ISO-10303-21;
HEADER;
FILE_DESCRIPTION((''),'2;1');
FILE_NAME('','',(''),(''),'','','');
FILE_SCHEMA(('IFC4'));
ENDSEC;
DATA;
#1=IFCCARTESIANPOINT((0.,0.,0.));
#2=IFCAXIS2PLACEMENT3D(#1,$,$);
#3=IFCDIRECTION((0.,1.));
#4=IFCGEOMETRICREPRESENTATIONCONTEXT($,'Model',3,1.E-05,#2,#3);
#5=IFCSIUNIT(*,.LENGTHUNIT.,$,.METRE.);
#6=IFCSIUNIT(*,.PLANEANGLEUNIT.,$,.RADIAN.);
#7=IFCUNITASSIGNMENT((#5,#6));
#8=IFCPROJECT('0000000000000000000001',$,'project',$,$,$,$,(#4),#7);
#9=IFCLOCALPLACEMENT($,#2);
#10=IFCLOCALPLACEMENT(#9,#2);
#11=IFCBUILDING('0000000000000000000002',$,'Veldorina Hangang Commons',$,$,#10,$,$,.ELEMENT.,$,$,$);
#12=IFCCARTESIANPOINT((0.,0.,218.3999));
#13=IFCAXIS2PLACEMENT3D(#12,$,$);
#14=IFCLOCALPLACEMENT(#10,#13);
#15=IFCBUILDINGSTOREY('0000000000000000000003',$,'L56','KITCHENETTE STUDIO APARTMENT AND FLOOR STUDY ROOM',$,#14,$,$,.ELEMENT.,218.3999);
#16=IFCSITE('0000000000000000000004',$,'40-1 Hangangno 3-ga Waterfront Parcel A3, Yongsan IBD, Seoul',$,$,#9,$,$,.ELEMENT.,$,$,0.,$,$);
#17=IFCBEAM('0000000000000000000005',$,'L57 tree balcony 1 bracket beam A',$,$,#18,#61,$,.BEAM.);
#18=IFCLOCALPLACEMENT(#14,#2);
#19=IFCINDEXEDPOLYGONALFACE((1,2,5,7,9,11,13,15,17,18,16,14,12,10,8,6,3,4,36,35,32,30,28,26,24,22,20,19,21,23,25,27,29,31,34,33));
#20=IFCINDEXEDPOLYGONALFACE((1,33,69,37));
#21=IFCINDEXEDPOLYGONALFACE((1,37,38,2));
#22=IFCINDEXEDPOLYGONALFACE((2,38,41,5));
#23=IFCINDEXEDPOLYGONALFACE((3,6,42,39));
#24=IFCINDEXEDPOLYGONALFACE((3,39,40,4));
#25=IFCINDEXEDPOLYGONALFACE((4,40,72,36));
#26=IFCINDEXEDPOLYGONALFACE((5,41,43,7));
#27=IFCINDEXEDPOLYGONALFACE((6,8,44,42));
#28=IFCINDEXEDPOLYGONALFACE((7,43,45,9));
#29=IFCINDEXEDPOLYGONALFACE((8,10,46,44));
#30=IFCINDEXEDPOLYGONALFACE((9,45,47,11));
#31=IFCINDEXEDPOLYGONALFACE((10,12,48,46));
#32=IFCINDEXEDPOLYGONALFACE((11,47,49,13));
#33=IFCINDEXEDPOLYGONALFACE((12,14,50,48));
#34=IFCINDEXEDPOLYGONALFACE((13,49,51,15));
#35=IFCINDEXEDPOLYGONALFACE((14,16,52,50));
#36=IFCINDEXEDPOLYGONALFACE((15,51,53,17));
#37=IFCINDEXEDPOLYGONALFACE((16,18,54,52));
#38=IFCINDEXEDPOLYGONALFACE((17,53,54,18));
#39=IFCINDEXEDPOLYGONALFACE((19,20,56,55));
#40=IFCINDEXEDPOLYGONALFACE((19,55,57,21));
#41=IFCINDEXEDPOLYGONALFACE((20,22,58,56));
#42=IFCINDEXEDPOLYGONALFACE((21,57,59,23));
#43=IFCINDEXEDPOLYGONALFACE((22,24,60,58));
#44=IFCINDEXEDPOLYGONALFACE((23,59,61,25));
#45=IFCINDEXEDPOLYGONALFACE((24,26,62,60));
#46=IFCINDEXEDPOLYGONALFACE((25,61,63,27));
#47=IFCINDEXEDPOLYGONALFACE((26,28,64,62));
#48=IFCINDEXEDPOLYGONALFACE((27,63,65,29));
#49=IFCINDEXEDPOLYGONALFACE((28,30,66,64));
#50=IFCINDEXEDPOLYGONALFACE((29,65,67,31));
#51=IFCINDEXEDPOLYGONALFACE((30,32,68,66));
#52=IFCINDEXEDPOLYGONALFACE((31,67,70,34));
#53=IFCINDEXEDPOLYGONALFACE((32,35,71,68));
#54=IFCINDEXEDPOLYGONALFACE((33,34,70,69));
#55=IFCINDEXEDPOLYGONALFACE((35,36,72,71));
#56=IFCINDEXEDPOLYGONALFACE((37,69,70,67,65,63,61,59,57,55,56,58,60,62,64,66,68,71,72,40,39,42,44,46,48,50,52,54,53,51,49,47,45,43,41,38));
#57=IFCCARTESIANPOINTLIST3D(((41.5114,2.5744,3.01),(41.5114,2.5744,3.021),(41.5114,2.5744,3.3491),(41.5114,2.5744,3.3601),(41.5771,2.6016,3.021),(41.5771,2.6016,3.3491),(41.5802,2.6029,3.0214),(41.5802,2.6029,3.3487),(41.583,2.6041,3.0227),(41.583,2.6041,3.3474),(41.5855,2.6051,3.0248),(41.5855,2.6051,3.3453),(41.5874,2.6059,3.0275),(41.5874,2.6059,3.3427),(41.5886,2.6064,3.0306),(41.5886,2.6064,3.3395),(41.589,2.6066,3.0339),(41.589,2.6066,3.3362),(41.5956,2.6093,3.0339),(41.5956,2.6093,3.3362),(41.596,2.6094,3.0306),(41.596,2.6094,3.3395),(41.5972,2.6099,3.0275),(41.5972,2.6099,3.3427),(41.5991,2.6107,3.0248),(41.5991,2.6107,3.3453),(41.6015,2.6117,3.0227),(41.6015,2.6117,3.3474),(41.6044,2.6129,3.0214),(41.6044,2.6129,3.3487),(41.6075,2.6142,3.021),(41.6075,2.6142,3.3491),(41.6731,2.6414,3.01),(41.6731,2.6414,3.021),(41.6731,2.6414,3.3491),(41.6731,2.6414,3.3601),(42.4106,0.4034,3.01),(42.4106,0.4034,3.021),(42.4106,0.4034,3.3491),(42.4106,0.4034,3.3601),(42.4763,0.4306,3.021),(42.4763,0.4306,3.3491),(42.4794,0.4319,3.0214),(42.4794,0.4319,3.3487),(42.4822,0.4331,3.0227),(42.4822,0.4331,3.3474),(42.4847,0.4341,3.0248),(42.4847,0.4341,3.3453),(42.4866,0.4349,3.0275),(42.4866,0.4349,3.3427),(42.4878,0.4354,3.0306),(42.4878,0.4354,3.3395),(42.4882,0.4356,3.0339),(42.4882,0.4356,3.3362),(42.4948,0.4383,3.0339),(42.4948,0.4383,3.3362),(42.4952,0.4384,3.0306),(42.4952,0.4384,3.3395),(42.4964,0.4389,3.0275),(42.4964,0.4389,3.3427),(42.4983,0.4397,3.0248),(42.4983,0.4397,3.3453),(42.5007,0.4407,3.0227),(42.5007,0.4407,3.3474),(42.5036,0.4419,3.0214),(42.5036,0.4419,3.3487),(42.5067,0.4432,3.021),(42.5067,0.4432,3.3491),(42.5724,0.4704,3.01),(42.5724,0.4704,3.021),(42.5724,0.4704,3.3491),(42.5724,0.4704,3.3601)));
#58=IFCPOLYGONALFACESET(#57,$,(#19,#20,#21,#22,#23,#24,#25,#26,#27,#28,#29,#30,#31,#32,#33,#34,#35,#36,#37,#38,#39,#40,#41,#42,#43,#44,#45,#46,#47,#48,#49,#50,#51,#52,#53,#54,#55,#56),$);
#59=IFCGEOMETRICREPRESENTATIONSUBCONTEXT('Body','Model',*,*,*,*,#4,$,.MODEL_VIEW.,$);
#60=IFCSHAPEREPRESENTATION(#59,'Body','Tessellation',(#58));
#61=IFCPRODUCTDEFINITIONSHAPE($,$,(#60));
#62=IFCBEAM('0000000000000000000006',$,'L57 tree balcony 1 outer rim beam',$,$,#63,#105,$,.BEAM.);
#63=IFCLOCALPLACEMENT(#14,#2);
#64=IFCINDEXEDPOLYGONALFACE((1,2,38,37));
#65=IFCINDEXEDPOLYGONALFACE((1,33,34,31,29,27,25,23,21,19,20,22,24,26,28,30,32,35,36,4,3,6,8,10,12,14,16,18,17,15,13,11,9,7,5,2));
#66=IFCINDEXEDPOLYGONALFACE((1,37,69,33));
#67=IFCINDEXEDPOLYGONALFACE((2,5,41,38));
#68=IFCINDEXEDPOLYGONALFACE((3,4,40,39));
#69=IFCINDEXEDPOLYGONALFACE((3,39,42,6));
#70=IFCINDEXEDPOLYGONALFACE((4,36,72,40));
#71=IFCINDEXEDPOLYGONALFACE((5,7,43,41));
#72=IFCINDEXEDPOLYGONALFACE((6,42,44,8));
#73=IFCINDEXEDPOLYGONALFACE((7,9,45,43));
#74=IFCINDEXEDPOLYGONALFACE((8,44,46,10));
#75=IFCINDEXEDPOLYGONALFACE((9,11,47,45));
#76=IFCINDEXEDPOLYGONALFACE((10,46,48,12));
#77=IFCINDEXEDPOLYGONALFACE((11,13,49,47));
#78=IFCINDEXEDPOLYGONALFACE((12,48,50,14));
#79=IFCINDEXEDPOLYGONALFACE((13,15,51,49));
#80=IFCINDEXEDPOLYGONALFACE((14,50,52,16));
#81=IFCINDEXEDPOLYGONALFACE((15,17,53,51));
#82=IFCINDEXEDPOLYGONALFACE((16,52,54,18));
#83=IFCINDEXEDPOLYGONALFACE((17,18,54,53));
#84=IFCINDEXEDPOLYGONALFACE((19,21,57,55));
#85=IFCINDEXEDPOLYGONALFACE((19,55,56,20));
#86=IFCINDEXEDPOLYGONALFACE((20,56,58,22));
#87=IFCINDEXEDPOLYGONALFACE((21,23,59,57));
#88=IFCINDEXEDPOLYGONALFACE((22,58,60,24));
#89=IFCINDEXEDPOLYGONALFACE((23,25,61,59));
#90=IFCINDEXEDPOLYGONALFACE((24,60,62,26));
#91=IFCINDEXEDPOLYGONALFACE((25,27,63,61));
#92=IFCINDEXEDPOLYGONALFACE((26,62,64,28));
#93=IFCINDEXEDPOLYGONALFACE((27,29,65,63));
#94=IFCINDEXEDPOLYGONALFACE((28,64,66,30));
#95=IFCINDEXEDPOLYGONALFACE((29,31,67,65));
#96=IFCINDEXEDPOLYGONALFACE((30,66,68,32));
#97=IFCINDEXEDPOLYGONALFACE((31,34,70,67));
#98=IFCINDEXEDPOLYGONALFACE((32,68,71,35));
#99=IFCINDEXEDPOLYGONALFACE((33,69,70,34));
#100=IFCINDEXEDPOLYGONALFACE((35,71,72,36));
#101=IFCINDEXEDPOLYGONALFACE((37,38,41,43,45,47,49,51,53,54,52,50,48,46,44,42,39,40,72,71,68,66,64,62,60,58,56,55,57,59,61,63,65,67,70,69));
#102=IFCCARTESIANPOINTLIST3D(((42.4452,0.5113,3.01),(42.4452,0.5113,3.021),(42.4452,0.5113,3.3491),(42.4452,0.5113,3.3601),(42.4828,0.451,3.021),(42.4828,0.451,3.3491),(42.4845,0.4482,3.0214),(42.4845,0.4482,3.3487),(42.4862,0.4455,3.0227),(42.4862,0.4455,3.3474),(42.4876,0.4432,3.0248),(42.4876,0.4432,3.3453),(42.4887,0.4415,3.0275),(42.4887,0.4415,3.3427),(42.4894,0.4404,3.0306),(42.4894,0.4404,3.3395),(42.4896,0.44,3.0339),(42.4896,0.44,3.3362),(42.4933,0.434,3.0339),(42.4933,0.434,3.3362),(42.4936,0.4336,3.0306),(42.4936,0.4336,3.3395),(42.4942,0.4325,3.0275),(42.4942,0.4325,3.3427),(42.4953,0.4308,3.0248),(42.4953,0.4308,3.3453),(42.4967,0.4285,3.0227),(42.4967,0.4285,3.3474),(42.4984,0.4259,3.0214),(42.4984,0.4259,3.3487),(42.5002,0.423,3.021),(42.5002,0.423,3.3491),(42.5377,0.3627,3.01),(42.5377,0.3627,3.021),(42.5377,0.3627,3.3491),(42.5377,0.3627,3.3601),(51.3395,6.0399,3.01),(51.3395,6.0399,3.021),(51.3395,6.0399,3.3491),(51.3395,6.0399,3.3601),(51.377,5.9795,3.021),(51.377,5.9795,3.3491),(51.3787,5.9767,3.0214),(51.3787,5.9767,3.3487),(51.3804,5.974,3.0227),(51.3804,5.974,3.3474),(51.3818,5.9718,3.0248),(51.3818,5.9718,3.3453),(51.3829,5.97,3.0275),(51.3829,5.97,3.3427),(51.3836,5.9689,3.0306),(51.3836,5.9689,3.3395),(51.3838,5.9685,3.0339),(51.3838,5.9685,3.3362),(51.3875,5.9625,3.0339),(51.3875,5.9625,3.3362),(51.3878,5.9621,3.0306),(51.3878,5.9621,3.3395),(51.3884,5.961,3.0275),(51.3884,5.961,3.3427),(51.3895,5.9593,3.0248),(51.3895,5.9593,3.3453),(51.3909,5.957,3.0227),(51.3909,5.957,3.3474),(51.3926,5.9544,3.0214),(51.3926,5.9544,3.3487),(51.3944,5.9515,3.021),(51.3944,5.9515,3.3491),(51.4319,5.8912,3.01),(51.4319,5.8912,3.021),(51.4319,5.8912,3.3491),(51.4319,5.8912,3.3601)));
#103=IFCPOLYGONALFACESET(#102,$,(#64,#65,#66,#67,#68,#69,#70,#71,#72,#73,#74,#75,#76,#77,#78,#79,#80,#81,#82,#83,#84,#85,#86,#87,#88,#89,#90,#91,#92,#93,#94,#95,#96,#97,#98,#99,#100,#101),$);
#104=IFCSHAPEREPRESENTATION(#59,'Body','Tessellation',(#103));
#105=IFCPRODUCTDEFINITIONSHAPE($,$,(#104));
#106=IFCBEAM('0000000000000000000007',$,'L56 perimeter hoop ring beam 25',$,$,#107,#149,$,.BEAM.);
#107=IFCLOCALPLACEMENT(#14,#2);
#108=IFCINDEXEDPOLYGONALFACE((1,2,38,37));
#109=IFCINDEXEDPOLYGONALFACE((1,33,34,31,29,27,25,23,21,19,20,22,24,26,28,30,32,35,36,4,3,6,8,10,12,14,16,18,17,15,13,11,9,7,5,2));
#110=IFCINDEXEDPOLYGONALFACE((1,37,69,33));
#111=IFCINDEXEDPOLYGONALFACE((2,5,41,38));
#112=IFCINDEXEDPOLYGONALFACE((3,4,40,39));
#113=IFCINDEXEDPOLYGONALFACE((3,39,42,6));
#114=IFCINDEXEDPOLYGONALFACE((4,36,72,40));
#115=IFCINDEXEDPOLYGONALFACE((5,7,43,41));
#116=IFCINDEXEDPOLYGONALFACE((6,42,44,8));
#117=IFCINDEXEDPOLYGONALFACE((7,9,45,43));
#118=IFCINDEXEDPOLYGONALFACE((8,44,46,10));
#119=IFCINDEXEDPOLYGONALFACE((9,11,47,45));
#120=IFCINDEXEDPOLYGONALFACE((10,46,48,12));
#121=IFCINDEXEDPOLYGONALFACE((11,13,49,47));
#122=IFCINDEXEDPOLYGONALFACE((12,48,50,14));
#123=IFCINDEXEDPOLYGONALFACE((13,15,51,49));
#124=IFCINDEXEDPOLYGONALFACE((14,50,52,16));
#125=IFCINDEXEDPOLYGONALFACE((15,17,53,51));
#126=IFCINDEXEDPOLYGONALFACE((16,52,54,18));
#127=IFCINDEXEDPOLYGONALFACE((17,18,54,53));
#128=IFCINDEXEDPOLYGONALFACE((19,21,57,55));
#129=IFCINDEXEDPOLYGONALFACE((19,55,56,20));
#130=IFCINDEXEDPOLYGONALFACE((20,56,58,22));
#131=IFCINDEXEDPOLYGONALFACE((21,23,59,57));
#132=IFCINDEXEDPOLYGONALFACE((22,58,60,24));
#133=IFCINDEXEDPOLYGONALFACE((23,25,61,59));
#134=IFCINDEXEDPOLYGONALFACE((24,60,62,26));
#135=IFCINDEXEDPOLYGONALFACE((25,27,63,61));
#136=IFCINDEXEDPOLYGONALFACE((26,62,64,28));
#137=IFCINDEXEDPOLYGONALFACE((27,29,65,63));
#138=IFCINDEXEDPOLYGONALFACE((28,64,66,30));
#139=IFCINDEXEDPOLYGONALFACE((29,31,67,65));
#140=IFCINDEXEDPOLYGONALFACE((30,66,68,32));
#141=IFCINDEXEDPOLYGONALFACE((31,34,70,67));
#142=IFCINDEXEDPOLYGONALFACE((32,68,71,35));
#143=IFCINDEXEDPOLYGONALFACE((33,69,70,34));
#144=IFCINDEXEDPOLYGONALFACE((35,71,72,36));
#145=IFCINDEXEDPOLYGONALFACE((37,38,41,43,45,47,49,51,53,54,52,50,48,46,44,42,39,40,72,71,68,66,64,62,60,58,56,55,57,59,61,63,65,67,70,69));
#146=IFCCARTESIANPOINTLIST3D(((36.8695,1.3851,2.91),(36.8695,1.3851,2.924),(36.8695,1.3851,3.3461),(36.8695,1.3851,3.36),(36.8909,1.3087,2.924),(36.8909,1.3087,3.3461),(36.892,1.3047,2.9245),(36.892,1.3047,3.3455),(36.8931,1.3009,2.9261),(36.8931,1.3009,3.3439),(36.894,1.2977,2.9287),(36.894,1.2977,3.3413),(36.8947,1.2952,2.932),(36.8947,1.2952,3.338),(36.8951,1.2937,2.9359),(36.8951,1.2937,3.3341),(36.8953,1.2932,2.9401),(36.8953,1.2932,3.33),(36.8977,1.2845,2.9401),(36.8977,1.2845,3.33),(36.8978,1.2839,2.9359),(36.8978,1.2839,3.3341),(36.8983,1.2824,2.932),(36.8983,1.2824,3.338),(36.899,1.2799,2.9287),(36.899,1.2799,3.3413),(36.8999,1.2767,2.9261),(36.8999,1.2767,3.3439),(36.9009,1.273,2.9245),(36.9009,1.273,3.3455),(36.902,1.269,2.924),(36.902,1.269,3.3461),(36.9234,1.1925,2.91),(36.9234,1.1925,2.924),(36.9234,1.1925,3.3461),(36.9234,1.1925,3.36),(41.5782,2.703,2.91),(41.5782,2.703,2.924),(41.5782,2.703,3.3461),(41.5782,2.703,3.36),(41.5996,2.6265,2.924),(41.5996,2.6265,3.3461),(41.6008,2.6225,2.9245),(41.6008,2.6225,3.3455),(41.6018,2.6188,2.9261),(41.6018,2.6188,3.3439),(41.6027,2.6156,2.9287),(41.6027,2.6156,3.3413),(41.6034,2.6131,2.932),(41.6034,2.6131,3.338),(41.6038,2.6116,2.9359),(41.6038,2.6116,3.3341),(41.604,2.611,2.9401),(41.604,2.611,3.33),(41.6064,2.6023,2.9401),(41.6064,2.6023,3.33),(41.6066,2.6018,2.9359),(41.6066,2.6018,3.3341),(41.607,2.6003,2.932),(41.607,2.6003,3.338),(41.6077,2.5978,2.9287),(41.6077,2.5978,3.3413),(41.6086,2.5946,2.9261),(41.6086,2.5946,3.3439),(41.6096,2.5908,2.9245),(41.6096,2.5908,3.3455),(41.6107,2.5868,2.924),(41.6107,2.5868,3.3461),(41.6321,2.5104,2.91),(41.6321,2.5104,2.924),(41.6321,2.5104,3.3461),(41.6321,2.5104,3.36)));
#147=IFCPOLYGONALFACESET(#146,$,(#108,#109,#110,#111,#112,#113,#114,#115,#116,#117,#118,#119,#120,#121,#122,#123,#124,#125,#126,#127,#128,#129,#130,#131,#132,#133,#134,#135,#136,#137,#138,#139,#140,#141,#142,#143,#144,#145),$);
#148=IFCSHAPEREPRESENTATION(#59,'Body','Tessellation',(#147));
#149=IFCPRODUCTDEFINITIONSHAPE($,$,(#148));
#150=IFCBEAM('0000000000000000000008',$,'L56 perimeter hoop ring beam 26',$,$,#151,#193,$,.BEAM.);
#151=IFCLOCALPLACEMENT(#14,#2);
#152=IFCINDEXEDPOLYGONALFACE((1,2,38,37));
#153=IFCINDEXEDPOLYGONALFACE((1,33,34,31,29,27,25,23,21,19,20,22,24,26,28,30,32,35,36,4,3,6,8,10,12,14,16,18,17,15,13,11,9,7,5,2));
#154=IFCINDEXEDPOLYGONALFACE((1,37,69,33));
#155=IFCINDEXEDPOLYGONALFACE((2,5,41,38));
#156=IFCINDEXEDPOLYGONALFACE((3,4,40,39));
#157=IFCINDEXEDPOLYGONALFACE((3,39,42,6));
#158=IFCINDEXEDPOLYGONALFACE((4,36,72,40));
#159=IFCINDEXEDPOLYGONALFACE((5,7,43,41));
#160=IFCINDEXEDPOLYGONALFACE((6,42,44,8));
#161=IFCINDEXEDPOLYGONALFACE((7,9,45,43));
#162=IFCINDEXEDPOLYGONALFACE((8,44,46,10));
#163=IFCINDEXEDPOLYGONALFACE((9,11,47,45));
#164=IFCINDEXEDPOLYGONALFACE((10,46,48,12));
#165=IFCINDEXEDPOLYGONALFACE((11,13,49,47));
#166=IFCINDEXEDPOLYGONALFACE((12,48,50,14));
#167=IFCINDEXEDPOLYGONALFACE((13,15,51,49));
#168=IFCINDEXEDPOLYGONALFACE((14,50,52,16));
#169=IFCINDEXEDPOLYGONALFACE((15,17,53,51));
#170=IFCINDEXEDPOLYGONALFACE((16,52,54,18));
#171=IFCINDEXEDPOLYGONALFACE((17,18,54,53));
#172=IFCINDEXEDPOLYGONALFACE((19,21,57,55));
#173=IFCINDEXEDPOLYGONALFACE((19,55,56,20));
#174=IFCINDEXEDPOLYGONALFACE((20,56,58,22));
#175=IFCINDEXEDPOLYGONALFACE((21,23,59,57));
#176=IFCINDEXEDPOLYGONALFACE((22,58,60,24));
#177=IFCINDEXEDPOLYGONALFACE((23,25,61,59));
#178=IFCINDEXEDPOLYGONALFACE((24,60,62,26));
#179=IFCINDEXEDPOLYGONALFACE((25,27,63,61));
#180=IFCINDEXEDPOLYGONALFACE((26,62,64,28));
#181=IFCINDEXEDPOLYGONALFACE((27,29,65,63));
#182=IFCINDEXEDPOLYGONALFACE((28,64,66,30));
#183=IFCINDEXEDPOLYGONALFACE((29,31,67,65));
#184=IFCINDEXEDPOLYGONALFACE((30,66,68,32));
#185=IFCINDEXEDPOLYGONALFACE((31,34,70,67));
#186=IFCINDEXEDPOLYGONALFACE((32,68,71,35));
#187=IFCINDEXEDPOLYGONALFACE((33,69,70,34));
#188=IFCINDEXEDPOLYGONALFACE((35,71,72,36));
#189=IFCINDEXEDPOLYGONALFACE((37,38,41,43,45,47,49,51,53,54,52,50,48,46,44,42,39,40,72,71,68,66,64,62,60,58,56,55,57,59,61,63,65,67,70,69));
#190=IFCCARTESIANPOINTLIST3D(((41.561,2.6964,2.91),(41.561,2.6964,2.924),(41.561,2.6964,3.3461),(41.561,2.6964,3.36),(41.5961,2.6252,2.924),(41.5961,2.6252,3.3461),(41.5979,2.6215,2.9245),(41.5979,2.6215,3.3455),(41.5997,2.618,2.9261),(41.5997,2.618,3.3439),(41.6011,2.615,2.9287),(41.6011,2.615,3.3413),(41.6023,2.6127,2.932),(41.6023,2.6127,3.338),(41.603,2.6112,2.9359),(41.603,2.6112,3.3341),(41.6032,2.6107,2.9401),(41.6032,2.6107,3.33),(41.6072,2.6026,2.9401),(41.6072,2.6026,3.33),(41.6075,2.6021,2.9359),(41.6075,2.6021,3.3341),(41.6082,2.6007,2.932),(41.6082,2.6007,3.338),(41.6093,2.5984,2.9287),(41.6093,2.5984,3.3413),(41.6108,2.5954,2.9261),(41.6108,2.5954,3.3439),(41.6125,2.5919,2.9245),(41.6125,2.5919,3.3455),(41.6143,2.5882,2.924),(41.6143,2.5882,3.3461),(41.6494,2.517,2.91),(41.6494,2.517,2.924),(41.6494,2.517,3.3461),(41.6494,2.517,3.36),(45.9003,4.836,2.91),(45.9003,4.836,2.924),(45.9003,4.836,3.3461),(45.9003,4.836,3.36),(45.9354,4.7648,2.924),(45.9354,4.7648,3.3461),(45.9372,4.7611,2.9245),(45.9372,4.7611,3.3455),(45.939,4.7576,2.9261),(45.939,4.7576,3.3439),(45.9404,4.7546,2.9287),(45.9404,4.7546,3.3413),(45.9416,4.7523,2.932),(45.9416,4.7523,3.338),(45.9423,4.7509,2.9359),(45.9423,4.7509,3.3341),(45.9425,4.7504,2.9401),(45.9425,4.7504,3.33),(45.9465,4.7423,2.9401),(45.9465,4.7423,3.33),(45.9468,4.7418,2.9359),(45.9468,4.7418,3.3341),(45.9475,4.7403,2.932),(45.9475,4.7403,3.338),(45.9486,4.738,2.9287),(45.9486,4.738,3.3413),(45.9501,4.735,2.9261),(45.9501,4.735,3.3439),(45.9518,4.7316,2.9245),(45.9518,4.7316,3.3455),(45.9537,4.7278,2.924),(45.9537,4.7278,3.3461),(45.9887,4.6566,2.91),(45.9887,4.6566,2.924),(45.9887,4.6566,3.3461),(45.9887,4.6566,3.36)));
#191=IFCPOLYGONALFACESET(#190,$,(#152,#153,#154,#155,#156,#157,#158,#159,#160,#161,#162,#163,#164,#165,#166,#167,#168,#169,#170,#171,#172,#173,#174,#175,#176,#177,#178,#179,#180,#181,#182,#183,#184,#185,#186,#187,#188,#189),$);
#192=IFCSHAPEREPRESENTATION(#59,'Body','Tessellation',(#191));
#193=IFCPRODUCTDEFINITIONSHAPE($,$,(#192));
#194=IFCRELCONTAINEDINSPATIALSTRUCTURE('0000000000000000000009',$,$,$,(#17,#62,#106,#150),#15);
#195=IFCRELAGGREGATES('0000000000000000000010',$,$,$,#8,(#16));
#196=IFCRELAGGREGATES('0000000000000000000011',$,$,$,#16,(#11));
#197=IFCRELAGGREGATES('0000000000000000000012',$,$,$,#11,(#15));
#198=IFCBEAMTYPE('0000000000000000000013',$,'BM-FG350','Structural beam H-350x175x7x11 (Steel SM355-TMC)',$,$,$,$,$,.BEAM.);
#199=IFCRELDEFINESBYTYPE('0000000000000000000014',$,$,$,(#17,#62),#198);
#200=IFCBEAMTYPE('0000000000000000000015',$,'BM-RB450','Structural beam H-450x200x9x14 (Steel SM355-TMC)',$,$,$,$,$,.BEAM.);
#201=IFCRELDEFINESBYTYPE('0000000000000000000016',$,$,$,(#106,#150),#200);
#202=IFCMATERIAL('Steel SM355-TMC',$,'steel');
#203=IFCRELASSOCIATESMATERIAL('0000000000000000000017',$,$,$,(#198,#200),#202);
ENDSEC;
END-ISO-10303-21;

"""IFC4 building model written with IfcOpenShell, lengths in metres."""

from ifc_helpers import new_model, si_unit, direction, frame, origin, origin_2d, place, context, subcontext, project, spatial, i_section, extrude, material, material_profile, profile_set, type_object, element, save


model = new_model("IFC4")

# Units and contexts
model_context = context("Model", 3, precision=1e-05, world=origin(), true_north=direction((0.0, 1.0)))
body_context = subcontext(model_context, "Body", "Model", "MODEL_VIEW")
ifc_project = project(units=[si_unit("LENGTHUNIT", "METRE"), si_unit("PLANEANGLEUNIT", "RADIAN")], contexts=[model_context])

# Site, building, storey
site_placement = place(None, origin())
site = spatial("IfcSite", under=ifc_project, at=site_placement, Name="40-1 Hangangno 3-ga Waterfront Parcel A3, Yongsan IBD, Seoul", CompositionType="ELEMENT", RefElevation=0.0)
building_placement = place(site_placement, origin())
building = spatial("IfcBuilding", under=site, at=building_placement, Name="Veldorina Hangang Commons", CompositionType="ELEMENT")
storey_placement = place(building_placement, frame((0.0, 0.0, 218.3999)))
storey = spatial("IfcBuildingStorey", under=building, at=storey_placement, Name="L56", Description="KITCHENETTE STUDIO APARTMENT AND FLOOR STUDY ROOM", CompositionType="ELEMENT", Elevation=218.3999)

# Beams
ifc_material_1 = material(Name="Steel SM355-TMC", Category="steel")
ifc_material_profile_1 = material_profile(ifc_material_1, i_section(OverallWidth=0.175, OverallDepth=0.3501, WebThickness=0.0071, FlangeThickness=0.011, FilletRadius=0.0129, at=origin_2d()), Name="H-350x175x7x11")
ifc_profile_set_1 = profile_set([ifc_material_profile_1], Name="Steel SM355-TMC")
beam_type_1 = type_object("IfcBeamType", Name="BM-FG350", Description="Structural beam H-350x175x7x11 (Steel SM355-TMC)", PredefinedType="BEAM", material=ifc_profile_set_1)
beam_1_placement = place(storey_placement, frame((41.5923, 2.6079, 3.1851), z_axis=(0.382667, -0.923886, 0.0), x_axis=(0.923886, 0.382667, 0.0)))
element("IfcBeam", 1, at=beam_1_placement, inside=storey, type_object=beam_type_1, Name="L57 tree balcony 1 bracket beam A", PredefinedType="BEAM", context=body_context, shape_type="SweptSolid", body=[
    extrude(i_section(OverallWidth=0.175, OverallDepth=0.3501, WebThickness=0.0071, FlangeThickness=0.011, FilletRadius=0.0129, at=origin_2d()), origin(), (0.0, 0.0, 1.0), 2.3499),
])
beam_2_placement = place(storey_placement, frame((42.4915, 0.437, 3.1851), z_axis=(0.849299, 0.527912, 0.0), x_axis=(-0.527912, 0.849299, 0.0)))
element("IfcBeam", 2, at=beam_2_placement, inside=storey, type_object=beam_type_1, Name="L57 tree balcony 1 outer rim beam", PredefinedType="BEAM", context=body_context, shape_type="SweptSolid", body=[
    extrude(i_section(OverallWidth=0.175, OverallDepth=0.3501, WebThickness=0.0071, FlangeThickness=0.011, FilletRadius=0.0129, at=origin_2d()), origin(), (0.0, 0.0, 1.0), 10.4724),
])
ifc_material_profile_2 = material_profile(ifc_material_1, i_section(OverallWidth=0.2, OverallDepth=0.45, WebThickness=0.009, FlangeThickness=0.0139, FilletRadius=0.0161, at=origin_2d()), Name="H-450x200x9x14")
ifc_profile_set_2 = profile_set([ifc_material_profile_2], Name="Steel SM355-TMC")
beam_type_2 = type_object("IfcBeamType", Name="BM-RB450", Description="Structural beam H-450x200x9x14 (Steel SM355-TMC)", PredefinedType="BEAM", material=ifc_profile_set_2)
beam_3_placement = place(storey_placement, frame((36.8965, 1.2888, 3.135), z_axis=(0.962995, 0.269521, 0.0), x_axis=(-0.269521, 0.962995, 0.0)))
element("IfcBeam", 3, at=beam_3_placement, inside=storey, type_object=beam_type_2, Name="L56 perimeter hoop ring beam 25", PredefinedType="BEAM", context=body_context, shape_type="SweptSolid", body=[
    extrude(i_section(OverallWidth=0.2, OverallDepth=0.45, WebThickness=0.009, FlangeThickness=0.0139, FilletRadius=0.0161, at=origin_2d()), origin(), (0.0, 0.0, 1.0), 4.8896),
])
beam_4_placement = place(storey_placement, frame((41.6052, 2.6067, 3.135), z_axis=(0.896896, 0.442241, 0.0), x_axis=(-0.442241, 0.896896, 0.0)))
element("IfcBeam", 4, at=beam_4_placement, inside=storey, type_object=beam_type_2, Name="L56 perimeter hoop ring beam 26", PredefinedType="BEAM", context=body_context, shape_type="SweptSolid", body=[
    extrude(i_section(OverallWidth=0.2, OverallDepth=0.45, WebThickness=0.009, FlangeThickness=0.0139, FilletRadius=0.0161, at=origin_2d()), origin(), (0.0, 0.0, 1.0), 4.8381),
])

save(model, "model.ifc")
